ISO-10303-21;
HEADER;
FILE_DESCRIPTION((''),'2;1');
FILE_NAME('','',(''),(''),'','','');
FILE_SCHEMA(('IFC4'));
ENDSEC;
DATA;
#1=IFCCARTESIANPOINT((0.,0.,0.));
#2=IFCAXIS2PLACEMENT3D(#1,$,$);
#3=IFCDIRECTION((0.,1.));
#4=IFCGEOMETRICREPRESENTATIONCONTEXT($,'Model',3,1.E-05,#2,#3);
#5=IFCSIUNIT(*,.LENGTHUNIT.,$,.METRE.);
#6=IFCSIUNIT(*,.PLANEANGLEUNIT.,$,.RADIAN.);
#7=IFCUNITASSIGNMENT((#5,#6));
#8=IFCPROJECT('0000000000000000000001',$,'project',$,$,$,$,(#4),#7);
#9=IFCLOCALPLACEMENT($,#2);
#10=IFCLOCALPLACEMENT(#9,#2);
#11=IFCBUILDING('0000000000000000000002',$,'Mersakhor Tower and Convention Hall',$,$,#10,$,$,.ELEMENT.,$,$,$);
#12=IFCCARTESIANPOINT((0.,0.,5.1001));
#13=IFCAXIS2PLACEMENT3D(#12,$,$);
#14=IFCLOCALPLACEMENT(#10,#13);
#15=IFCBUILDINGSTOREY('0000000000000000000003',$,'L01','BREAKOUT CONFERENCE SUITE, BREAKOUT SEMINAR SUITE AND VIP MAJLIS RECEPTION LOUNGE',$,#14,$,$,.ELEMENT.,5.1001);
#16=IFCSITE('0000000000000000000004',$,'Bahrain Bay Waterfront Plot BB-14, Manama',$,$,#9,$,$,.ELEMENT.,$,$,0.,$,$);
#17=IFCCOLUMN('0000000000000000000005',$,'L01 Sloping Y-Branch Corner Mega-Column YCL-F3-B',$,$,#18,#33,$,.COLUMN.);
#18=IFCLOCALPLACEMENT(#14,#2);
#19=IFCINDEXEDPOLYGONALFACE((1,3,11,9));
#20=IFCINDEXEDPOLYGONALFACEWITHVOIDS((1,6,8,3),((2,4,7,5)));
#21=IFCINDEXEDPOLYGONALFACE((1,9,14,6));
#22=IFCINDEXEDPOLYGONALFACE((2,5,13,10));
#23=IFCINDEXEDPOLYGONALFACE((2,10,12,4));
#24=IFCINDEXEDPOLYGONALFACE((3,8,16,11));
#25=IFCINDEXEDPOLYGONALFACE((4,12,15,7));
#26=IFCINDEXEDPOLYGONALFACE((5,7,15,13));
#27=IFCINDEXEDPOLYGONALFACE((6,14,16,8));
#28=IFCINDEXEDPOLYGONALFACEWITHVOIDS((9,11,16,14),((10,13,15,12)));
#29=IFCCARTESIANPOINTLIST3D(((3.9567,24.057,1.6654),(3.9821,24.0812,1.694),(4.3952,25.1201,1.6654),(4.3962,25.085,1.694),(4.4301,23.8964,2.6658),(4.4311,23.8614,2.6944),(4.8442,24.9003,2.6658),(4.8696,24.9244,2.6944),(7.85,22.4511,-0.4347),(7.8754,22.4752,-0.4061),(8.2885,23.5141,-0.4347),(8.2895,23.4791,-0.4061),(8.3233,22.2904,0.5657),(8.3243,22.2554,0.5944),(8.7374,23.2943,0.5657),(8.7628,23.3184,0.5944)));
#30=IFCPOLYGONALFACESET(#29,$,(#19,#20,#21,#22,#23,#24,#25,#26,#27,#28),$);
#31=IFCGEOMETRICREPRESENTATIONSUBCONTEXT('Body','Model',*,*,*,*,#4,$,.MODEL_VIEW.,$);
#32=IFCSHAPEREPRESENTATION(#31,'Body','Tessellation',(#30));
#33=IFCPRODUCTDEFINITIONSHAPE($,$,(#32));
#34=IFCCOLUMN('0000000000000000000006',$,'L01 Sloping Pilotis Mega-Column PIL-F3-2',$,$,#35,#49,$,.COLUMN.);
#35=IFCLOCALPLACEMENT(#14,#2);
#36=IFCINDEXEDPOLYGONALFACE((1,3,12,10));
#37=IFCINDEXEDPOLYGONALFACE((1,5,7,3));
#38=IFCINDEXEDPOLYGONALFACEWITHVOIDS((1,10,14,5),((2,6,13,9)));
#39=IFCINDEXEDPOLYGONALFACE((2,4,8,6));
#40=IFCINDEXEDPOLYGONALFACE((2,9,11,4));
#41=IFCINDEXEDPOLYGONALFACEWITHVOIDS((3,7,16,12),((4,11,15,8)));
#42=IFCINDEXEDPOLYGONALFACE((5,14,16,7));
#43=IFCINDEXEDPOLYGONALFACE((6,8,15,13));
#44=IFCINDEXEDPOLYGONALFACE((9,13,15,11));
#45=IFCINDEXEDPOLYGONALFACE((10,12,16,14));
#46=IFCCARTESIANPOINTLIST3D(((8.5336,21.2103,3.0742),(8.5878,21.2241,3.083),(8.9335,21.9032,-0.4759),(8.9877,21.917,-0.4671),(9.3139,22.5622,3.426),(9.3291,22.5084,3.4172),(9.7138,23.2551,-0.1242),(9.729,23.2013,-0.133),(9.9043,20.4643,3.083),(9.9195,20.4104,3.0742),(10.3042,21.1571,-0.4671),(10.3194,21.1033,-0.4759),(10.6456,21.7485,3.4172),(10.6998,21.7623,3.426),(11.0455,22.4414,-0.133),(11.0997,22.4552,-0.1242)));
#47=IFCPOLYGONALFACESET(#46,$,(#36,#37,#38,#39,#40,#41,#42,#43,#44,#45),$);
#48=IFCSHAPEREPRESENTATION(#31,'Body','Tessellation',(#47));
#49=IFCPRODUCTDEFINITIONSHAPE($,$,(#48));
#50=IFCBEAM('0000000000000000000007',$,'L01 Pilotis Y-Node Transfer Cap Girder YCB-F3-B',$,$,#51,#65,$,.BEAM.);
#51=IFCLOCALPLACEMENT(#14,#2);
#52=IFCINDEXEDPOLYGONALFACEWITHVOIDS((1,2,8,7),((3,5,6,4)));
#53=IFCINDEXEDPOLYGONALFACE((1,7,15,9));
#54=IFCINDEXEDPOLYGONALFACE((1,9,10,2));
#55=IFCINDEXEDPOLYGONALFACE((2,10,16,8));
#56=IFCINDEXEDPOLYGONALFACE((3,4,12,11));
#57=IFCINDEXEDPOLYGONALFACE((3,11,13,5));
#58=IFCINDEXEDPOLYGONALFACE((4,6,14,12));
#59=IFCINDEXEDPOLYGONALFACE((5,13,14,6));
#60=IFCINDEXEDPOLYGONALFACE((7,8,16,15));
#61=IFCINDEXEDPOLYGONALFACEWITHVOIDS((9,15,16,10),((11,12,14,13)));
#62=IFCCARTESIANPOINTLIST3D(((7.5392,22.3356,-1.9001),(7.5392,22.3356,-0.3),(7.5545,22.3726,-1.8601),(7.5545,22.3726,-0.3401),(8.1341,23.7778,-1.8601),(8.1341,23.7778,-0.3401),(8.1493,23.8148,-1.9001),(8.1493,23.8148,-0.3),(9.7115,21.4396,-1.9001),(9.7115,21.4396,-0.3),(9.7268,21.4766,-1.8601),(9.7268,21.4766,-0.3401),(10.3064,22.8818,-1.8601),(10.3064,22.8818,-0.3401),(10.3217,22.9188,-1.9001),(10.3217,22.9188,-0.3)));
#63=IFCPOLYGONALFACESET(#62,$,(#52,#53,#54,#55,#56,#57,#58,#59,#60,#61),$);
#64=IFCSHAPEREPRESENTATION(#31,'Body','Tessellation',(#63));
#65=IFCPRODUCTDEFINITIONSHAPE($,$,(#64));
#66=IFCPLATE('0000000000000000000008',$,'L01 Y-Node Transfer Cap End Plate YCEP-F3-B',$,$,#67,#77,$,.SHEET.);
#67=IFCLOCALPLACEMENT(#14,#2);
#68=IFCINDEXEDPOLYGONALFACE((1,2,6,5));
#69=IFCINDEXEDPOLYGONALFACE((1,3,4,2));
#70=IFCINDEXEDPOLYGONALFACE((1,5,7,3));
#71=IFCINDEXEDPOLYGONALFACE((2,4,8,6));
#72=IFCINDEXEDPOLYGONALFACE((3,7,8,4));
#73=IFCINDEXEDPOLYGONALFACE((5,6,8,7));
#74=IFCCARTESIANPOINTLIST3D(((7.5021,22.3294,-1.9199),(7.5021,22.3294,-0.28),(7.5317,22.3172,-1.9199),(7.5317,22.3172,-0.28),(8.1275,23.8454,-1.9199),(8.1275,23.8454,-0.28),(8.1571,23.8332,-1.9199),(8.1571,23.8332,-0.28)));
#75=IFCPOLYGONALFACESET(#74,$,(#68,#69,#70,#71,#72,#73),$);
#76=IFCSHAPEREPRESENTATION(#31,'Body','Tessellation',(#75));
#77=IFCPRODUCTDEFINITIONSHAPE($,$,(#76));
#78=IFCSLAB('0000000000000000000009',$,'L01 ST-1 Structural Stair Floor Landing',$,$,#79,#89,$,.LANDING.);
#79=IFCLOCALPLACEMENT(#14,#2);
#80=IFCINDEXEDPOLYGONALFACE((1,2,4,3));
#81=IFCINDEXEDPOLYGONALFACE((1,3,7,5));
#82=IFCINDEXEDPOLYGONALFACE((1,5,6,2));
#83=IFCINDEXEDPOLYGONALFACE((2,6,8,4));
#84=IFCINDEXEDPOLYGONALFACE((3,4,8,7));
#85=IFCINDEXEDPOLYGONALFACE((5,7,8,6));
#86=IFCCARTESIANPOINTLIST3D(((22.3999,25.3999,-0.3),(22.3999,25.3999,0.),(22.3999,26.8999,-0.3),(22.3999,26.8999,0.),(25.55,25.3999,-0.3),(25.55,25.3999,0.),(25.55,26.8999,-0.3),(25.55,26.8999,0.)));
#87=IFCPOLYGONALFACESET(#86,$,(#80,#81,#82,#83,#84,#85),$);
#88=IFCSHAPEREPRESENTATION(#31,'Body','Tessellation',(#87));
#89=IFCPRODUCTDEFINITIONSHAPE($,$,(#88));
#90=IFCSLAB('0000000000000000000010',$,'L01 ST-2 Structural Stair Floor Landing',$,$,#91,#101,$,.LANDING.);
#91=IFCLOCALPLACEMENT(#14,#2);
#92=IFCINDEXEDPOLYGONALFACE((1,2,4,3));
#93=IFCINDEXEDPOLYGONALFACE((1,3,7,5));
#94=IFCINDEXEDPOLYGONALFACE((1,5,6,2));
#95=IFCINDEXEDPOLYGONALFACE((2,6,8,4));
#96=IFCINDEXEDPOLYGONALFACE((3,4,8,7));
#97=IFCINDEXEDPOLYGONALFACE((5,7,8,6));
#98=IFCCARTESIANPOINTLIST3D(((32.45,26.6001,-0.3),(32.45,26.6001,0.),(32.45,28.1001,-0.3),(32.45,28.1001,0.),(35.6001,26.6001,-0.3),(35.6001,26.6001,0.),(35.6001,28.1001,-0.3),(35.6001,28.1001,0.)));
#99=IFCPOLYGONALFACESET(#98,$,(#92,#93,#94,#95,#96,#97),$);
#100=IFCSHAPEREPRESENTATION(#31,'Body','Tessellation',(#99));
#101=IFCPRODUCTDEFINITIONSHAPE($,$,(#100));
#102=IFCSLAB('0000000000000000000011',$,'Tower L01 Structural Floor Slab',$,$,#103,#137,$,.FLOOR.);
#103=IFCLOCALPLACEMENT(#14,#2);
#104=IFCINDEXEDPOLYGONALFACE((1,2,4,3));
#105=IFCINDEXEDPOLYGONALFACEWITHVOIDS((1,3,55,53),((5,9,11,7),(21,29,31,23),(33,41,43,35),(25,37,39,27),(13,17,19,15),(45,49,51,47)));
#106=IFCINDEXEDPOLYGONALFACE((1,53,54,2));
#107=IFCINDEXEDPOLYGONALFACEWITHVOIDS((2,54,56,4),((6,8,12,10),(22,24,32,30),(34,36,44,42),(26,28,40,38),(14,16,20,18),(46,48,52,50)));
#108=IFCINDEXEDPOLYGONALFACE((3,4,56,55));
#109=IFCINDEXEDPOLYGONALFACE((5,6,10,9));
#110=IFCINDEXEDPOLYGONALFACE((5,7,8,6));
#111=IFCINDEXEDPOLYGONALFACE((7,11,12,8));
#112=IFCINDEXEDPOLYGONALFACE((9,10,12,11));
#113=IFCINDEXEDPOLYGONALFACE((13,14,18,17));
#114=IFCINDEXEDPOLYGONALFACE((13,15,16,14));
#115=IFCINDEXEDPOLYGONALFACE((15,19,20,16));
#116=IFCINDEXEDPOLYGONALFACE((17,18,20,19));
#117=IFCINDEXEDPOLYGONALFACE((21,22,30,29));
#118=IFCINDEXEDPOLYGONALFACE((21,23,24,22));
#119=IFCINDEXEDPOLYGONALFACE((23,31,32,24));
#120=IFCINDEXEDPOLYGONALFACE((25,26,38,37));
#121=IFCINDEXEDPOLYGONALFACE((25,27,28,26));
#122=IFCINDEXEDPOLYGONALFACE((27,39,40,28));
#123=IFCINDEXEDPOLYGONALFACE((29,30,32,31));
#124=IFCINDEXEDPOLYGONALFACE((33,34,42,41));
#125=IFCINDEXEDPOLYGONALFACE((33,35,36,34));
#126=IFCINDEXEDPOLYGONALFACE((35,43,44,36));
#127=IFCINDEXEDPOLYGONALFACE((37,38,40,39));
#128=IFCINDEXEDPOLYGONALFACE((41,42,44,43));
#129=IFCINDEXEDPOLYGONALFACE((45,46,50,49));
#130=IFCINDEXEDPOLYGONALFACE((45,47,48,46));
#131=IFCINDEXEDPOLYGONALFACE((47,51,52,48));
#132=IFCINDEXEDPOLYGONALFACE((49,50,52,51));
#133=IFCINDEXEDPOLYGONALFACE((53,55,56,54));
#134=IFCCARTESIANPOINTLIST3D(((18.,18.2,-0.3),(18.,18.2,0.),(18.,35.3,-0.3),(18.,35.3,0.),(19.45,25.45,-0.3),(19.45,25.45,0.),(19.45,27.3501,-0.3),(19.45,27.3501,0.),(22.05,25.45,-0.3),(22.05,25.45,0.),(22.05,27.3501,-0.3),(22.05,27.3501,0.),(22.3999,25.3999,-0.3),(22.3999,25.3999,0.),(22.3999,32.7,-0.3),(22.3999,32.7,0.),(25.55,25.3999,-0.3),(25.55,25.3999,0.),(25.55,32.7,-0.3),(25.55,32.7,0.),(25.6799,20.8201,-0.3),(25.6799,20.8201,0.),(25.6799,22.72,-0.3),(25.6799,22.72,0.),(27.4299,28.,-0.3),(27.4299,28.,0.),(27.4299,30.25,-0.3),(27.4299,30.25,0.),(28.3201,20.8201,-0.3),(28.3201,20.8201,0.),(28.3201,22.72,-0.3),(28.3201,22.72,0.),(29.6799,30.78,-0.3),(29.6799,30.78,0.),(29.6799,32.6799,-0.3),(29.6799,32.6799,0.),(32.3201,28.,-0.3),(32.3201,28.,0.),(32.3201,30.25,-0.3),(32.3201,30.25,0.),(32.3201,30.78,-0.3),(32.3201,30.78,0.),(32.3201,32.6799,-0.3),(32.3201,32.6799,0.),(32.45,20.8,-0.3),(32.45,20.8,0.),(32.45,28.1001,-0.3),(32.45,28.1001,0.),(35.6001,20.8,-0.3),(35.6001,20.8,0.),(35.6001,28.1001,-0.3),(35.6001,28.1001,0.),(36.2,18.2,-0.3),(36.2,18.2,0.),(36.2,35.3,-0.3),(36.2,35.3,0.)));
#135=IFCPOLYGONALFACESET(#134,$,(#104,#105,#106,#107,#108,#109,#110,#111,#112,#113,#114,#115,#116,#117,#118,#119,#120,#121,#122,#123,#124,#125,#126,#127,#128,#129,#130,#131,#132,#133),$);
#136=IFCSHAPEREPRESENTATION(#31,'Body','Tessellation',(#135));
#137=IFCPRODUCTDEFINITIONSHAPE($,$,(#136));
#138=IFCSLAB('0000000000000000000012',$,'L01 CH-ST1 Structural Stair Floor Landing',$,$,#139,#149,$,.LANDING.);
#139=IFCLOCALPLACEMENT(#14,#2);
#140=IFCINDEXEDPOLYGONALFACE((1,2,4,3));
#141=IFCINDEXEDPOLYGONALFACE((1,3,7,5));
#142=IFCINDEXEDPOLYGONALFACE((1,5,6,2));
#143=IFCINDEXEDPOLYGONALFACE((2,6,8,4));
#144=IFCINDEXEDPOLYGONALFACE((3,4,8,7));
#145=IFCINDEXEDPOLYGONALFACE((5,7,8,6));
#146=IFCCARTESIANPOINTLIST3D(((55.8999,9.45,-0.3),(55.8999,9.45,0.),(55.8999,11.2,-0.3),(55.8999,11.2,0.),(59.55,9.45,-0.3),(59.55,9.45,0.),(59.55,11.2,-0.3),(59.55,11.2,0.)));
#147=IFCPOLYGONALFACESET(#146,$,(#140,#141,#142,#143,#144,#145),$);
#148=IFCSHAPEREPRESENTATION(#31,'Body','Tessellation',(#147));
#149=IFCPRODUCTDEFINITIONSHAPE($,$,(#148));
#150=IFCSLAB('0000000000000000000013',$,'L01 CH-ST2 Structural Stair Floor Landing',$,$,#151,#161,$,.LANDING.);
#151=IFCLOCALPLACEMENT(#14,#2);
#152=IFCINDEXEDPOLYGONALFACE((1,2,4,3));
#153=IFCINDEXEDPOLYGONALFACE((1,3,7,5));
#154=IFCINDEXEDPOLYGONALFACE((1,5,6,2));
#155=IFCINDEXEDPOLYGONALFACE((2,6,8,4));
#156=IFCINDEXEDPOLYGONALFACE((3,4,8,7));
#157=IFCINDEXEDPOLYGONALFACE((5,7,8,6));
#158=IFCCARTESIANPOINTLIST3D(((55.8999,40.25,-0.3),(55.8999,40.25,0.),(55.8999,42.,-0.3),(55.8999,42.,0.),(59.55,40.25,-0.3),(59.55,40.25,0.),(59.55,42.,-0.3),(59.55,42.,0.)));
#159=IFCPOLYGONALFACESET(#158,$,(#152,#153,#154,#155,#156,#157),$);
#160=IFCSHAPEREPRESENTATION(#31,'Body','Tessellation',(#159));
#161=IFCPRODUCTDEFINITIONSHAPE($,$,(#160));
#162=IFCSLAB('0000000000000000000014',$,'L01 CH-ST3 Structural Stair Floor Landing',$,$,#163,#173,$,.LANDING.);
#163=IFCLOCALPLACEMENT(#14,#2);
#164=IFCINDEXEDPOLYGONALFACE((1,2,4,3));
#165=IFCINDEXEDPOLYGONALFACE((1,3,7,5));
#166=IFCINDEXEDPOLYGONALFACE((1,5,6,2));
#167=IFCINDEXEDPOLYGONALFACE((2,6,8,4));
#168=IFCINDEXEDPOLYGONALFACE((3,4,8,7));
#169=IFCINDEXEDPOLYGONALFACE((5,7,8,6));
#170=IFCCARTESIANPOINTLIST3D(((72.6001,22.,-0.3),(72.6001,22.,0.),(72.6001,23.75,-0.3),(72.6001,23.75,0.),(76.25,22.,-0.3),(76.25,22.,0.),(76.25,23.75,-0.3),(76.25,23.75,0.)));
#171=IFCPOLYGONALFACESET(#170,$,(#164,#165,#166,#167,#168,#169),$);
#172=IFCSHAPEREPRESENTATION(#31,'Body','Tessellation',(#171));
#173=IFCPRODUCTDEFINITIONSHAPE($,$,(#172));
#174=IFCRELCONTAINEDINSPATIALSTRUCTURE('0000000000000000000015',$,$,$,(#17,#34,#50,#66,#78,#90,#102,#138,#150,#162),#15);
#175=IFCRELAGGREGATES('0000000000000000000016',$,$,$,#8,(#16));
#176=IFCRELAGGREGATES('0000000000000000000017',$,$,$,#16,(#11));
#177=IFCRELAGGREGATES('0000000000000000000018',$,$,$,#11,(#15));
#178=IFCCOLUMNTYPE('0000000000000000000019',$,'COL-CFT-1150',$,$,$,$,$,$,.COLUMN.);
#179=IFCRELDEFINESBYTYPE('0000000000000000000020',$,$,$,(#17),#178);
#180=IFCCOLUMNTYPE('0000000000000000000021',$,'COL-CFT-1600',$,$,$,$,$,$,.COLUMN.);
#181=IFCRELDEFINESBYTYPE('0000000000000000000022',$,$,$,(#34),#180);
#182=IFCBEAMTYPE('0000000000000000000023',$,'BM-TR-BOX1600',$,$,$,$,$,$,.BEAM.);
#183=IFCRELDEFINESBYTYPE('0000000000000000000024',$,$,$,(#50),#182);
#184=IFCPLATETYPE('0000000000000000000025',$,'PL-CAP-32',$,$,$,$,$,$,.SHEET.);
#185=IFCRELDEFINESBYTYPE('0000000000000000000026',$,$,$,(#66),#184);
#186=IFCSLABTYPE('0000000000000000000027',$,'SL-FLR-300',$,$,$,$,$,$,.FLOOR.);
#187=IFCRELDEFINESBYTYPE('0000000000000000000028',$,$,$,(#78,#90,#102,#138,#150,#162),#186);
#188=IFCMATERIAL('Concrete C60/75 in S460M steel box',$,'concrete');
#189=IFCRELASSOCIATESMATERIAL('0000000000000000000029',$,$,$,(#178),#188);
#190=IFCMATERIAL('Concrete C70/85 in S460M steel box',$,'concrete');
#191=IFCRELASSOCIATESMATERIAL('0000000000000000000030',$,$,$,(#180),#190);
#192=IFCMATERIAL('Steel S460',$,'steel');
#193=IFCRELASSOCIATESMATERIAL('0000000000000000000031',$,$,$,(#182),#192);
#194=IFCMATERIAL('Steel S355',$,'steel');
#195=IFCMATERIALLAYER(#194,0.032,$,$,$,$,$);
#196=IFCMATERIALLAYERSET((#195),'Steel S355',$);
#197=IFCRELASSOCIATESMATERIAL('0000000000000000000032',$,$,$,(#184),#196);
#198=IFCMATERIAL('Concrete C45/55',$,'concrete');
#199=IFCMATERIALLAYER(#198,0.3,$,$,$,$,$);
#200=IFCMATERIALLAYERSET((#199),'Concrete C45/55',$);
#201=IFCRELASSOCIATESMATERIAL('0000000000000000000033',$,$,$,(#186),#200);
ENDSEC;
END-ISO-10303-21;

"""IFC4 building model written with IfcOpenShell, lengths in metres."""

from ifc_helpers import new_model, si_unit, direction, frame, origin, origin_2d, place, context, subcontext, project, spatial, polyline, rectangle, hollow_rectangle, outline, extrude, material, layer, layer_set, material_profile, profile_set, type_object, element, save


model = new_model("IFC4")

# Units and contexts
model_context = context("Model", 3, precision=1e-05, world=origin(), true_north=direction((0.0, 1.0)))
body_context = subcontext(model_context, "Body", "Model", "MODEL_VIEW")
ifc_project = project(units=[si_unit("LENGTHUNIT", "METRE"), si_unit("PLANEANGLEUNIT", "RADIAN")], contexts=[model_context])

# Site, building, storey
site_placement = place(None, origin())
site = spatial("IfcSite", under=ifc_project, at=site_placement, Name="Bahrain Bay Waterfront Plot BB-14, Manama", CompositionType="ELEMENT", RefElevation=0.0)
building_placement = place(site_placement, origin())
building = spatial("IfcBuilding", under=site, at=building_placement, Name="Mersakhor Tower and Convention Hall", CompositionType="ELEMENT")
storey_placement = place(building_placement, frame((0.0, 0.0, 5.1001)))
storey = spatial("IfcBuildingStorey", under=building, at=storey_placement, Name="L01", Description="BREAKOUT CONFERENCE SUITE, BREAKOUT SEMINAR SUITE AND VIP MAJLIS RECEPTION LOUNGE", CompositionType="ELEMENT", Elevation=5.1001)

# Columns
ifc_material_1 = material(Name="Concrete C60/75 in S460M steel box", Category="concrete")
ifc_material_profile_1 = material_profile(ifc_material_1, hollow_rectangle(XDim=1.1499, YDim=1.1499, WallThickness=0.032, at=origin_2d()), Name="SHS 1150x1150x32")
ifc_profile_set_1 = profile_set([ifc_material_profile_1], Name="Concrete C60/75 in S460M steel box")
column_type_1 = type_object("IfcColumnType", Name="COL-CFT-1150", PredefinedType="COLUMN", material=ifc_profile_set_1)
column_1_placement = place(storey_placement, frame((8.3064, 22.8848, 0.0798), z_axis=(-0.82729, 0.34125, 0.44625), x_axis=(-0.381324, -0.924441, 0.0)))
element("IfcColumn", 1, at=column_1_placement, inside=storey, type_object=column_type_1, Name="L01 Sloping Y-Branch Corner Mega-Column YCL-F3-B", PredefinedType="COLUMN", context=body_context, shape_type="SweptSolid", body=[
    extrude(hollow_rectangle(XDim=1.1499, YDim=1.1499, WallThickness=0.032, at=origin_2d()), origin(), (0.0, 0.0, 1.0), 4.7061),
])
ifc_material_2 = material(Name="Concrete C70/85 in S460M steel box", Category="concrete")
ifc_material_profile_2 = material_profile(ifc_material_2, hollow_rectangle(XDim=1.6001, YDim=1.6001, WallThickness=0.04, at=origin_2d()), Name="SHS 1600x1600x40")
ifc_profile_set_2 = profile_set([ifc_material_profile_2], Name="Concrete C70/85 in S460M steel box")
column_type_2 = type_object("IfcColumnType", Name="COL-CFT-1600", PredefinedType="COLUMN", material=ifc_profile_set_2)
column_2_placement = place(storey_placement, frame((10.0166, 22.1792, -0.3), z_axis=(-0.109891, -0.190398, 0.975537), x_axis=(0.866094, -0.499881, 0.0)))
element("IfcColumn", 2, at=column_2_placement, inside=storey, type_object=column_type_2, Name="L01 Sloping Pilotis Mega-Column PIL-F3-2", PredefinedType="COLUMN", context=body_context, shape_type="SweptSolid", body=[
    extrude(hollow_rectangle(XDim=1.6001, YDim=1.6001, WallThickness=0.04, at=origin_2d()), origin(), (0.0, 0.0, 1.0), 3.6392),
])

# Beam
ifc_material_3 = material(Name="Steel S460", Category="steel")
ifc_material_profile_3 = material_profile(ifc_material_3, hollow_rectangle(XDim=1.6001, YDim=1.6001, WallThickness=0.04, at=origin_2d()), Name="SHS 1600x1600x40")
ifc_profile_set_3 = profile_set([ifc_material_profile_3], Name="Steel S460")
beam_type = type_object("IfcBeamType", Name="BM-TR-BOX1600", PredefinedType="BEAM", material=ifc_profile_set_3)
beam_placement = place(storey_placement, frame((10.0166, 22.1792, -1.1001), z_axis=(-0.924454, 0.381293, 0.0), x_axis=(-0.381293, -0.924454, 0.0)))
element("IfcBeam", 3, at=beam_placement, inside=storey, type_object=beam_type, Name="L01 Pilotis Y-Node Transfer Cap Girder YCB-F3-B", PredefinedType="BEAM", context=body_context, shape_type="SweptSolid", body=[
    extrude(hollow_rectangle(XDim=1.6001, YDim=1.6001, WallThickness=0.04, at=origin_2d()), origin(), (0.0, 0.0, 1.0), 2.3499),
])

# Plate
ifc_material_4 = material(Name="Steel S355", Category="steel")
ifc_layer_1 = layer(ifc_material_4, 0.032)
ifc_layer_set_1 = layer_set([ifc_layer_1], Name="Steel S355")
plate_type = type_object("IfcPlateType", Name="PL-CAP-32", PredefinedType="SHEET", material=ifc_layer_set_1)
plate_placement = place(storey_placement, frame((7.8296, 23.0813, -1.9199), z_axis=(0.0, 0.0, 1.0), x_axis=(-0.924413, 0.381393, 0.0)))
element("IfcPlate", 4, at=plate_placement, inside=storey, type_object=plate_type, Name="L01 Y-Node Transfer Cap End Plate YCEP-F3-B", PredefinedType="SHEET", context=body_context, shape_type="SweptSolid", body=[
    extrude(rectangle(XDim=0.032, YDim=1.6399, at=origin_2d()), origin(), (0.0, 0.0, 1.0), 1.6399),
])

# Slabs
ifc_material_5 = material(Name="Concrete C45/55", Category="concrete")
ifc_layer_2 = layer(ifc_material_5, 0.3)
ifc_layer_set_2 = layer_set([ifc_layer_2], Name="Concrete C45/55")
slab_type_1 = type_object("IfcSlabType", Name="SL-FLR-300", PredefinedType="FLOOR", material=ifc_layer_set_2)
slab_1_placement = place(storey_placement, frame((0.0, 0.0, -0.3)))
element("IfcSlab", 5, at=slab_1_placement, inside=storey, type_object=slab_type_1, Name="L01 ST-1 Structural Stair Floor Landing", PredefinedType="LANDING", context=body_context, shape_type="SweptSolid", body=[
    extrude(outline(polyline([(25.55, 25.3999), (25.55, 26.8999), (22.3999, 26.8999), (22.3999, 25.3999), (25.55, 25.3999)])), origin(), (0.0, 0.0, 1.0), 0.3),
])
slab_2_placement = place(storey_placement, frame((0.0, 0.0, -0.3)))
element("IfcSlab", 6, at=slab_2_placement, inside=storey, type_object=slab_type_1, Name="L01 ST-2 Structural Stair Floor Landing", PredefinedType="LANDING", context=body_context, shape_type="SweptSolid", body=[
    extrude(outline(polyline([(32.45, 28.1001), (32.45, 26.6001), (35.6001, 26.6001), (35.6001, 28.1001), (32.45, 28.1001)])), origin(), (0.0, 0.0, 1.0), 0.3),
])
slab_3_placement = place(storey_placement, frame((0.0, 0.0, -0.3)))
element("IfcSlab", 7, at=slab_3_placement, inside=storey, type_object=slab_type_1, Name="Tower L01 Structural Floor Slab", PredefinedType="FLOOR", context=body_context, shape_type="SweptSolid", body=[
    extrude(outline(polyline([(18.0, 18.2), (18.0, 35.3), (36.2, 35.3), (36.2, 18.2), (18.0, 18.2)]), holes=[polyline([(25.55, 25.3999), (25.55, 32.7), (22.3999, 32.7), (22.3999, 25.3999), (25.55, 25.3999)]), polyline([(32.45, 28.1001), (32.45, 20.8), (35.6001, 20.8), (35.6001, 28.1001), (32.45, 28.1001)]), polyline([(25.6799, 20.8201), (25.6799, 22.72), (28.3201, 22.72), (28.3201, 20.8201), (25.6799, 20.8201)]), polyline([(29.6799, 30.78), (29.6799, 32.6799), (32.3201, 32.6799), (32.3201, 30.78), (29.6799, 30.78)]), polyline([(27.4299, 28.0), (27.4299, 30.25), (32.3201, 30.25), (32.3201, 28.0), (27.4299, 28.0)]), polyline([(19.45, 25.45), (19.45, 27.3501), (22.05, 27.3501), (22.05, 25.45), (19.45, 25.45)])]), origin(), (0.0, 0.0, 1.0), 0.3),
])
slab_4_placement = place(storey_placement, frame((0.0, 0.0, -0.3)))
element("IfcSlab", 8, at=slab_4_placement, inside=storey, type_object=slab_type_1, Name="L01 CH-ST1 Structural Stair Floor Landing", PredefinedType="LANDING", context=body_context, shape_type="SweptSolid", body=[
    extrude(outline(polyline([(55.8999, 11.2), (55.8999, 9.45), (59.55, 9.45), (59.55, 11.2), (55.8999, 11.2)])), origin(), (0.0, 0.0, 1.0), 0.3),
])
slab_5_placement = place(storey_placement, frame((0.0, 0.0, -0.3)))
element("IfcSlab", 9, at=slab_5_placement, inside=storey, type_object=slab_type_1, Name="L01 CH-ST2 Structural Stair Floor Landing", PredefinedType="LANDING", context=body_context, shape_type="SweptSolid", body=[
    extrude(outline(polyline([(59.55, 40.25), (59.55, 42.0), (55.8999, 42.0), (55.8999, 40.25), (59.55, 40.25)])), origin(), (0.0, 0.0, 1.0), 0.3),
])
slab_6_placement = place(storey_placement, frame((0.0, 0.0, -0.3)))
element("IfcSlab", 10, at=slab_6_placement, inside=storey, type_object=slab_type_1, Name="L01 CH-ST3 Structural Stair Floor Landing", PredefinedType="LANDING", context=body_context, shape_type="SweptSolid", body=[
    extrude(outline(polyline([(76.25, 22.0), (76.25, 23.75), (72.6001, 23.75), (72.6001, 22.0), (76.25, 22.0)])), origin(), (0.0, 0.0, 1.0), 0.3),
])

save(model, "model.ifc")
